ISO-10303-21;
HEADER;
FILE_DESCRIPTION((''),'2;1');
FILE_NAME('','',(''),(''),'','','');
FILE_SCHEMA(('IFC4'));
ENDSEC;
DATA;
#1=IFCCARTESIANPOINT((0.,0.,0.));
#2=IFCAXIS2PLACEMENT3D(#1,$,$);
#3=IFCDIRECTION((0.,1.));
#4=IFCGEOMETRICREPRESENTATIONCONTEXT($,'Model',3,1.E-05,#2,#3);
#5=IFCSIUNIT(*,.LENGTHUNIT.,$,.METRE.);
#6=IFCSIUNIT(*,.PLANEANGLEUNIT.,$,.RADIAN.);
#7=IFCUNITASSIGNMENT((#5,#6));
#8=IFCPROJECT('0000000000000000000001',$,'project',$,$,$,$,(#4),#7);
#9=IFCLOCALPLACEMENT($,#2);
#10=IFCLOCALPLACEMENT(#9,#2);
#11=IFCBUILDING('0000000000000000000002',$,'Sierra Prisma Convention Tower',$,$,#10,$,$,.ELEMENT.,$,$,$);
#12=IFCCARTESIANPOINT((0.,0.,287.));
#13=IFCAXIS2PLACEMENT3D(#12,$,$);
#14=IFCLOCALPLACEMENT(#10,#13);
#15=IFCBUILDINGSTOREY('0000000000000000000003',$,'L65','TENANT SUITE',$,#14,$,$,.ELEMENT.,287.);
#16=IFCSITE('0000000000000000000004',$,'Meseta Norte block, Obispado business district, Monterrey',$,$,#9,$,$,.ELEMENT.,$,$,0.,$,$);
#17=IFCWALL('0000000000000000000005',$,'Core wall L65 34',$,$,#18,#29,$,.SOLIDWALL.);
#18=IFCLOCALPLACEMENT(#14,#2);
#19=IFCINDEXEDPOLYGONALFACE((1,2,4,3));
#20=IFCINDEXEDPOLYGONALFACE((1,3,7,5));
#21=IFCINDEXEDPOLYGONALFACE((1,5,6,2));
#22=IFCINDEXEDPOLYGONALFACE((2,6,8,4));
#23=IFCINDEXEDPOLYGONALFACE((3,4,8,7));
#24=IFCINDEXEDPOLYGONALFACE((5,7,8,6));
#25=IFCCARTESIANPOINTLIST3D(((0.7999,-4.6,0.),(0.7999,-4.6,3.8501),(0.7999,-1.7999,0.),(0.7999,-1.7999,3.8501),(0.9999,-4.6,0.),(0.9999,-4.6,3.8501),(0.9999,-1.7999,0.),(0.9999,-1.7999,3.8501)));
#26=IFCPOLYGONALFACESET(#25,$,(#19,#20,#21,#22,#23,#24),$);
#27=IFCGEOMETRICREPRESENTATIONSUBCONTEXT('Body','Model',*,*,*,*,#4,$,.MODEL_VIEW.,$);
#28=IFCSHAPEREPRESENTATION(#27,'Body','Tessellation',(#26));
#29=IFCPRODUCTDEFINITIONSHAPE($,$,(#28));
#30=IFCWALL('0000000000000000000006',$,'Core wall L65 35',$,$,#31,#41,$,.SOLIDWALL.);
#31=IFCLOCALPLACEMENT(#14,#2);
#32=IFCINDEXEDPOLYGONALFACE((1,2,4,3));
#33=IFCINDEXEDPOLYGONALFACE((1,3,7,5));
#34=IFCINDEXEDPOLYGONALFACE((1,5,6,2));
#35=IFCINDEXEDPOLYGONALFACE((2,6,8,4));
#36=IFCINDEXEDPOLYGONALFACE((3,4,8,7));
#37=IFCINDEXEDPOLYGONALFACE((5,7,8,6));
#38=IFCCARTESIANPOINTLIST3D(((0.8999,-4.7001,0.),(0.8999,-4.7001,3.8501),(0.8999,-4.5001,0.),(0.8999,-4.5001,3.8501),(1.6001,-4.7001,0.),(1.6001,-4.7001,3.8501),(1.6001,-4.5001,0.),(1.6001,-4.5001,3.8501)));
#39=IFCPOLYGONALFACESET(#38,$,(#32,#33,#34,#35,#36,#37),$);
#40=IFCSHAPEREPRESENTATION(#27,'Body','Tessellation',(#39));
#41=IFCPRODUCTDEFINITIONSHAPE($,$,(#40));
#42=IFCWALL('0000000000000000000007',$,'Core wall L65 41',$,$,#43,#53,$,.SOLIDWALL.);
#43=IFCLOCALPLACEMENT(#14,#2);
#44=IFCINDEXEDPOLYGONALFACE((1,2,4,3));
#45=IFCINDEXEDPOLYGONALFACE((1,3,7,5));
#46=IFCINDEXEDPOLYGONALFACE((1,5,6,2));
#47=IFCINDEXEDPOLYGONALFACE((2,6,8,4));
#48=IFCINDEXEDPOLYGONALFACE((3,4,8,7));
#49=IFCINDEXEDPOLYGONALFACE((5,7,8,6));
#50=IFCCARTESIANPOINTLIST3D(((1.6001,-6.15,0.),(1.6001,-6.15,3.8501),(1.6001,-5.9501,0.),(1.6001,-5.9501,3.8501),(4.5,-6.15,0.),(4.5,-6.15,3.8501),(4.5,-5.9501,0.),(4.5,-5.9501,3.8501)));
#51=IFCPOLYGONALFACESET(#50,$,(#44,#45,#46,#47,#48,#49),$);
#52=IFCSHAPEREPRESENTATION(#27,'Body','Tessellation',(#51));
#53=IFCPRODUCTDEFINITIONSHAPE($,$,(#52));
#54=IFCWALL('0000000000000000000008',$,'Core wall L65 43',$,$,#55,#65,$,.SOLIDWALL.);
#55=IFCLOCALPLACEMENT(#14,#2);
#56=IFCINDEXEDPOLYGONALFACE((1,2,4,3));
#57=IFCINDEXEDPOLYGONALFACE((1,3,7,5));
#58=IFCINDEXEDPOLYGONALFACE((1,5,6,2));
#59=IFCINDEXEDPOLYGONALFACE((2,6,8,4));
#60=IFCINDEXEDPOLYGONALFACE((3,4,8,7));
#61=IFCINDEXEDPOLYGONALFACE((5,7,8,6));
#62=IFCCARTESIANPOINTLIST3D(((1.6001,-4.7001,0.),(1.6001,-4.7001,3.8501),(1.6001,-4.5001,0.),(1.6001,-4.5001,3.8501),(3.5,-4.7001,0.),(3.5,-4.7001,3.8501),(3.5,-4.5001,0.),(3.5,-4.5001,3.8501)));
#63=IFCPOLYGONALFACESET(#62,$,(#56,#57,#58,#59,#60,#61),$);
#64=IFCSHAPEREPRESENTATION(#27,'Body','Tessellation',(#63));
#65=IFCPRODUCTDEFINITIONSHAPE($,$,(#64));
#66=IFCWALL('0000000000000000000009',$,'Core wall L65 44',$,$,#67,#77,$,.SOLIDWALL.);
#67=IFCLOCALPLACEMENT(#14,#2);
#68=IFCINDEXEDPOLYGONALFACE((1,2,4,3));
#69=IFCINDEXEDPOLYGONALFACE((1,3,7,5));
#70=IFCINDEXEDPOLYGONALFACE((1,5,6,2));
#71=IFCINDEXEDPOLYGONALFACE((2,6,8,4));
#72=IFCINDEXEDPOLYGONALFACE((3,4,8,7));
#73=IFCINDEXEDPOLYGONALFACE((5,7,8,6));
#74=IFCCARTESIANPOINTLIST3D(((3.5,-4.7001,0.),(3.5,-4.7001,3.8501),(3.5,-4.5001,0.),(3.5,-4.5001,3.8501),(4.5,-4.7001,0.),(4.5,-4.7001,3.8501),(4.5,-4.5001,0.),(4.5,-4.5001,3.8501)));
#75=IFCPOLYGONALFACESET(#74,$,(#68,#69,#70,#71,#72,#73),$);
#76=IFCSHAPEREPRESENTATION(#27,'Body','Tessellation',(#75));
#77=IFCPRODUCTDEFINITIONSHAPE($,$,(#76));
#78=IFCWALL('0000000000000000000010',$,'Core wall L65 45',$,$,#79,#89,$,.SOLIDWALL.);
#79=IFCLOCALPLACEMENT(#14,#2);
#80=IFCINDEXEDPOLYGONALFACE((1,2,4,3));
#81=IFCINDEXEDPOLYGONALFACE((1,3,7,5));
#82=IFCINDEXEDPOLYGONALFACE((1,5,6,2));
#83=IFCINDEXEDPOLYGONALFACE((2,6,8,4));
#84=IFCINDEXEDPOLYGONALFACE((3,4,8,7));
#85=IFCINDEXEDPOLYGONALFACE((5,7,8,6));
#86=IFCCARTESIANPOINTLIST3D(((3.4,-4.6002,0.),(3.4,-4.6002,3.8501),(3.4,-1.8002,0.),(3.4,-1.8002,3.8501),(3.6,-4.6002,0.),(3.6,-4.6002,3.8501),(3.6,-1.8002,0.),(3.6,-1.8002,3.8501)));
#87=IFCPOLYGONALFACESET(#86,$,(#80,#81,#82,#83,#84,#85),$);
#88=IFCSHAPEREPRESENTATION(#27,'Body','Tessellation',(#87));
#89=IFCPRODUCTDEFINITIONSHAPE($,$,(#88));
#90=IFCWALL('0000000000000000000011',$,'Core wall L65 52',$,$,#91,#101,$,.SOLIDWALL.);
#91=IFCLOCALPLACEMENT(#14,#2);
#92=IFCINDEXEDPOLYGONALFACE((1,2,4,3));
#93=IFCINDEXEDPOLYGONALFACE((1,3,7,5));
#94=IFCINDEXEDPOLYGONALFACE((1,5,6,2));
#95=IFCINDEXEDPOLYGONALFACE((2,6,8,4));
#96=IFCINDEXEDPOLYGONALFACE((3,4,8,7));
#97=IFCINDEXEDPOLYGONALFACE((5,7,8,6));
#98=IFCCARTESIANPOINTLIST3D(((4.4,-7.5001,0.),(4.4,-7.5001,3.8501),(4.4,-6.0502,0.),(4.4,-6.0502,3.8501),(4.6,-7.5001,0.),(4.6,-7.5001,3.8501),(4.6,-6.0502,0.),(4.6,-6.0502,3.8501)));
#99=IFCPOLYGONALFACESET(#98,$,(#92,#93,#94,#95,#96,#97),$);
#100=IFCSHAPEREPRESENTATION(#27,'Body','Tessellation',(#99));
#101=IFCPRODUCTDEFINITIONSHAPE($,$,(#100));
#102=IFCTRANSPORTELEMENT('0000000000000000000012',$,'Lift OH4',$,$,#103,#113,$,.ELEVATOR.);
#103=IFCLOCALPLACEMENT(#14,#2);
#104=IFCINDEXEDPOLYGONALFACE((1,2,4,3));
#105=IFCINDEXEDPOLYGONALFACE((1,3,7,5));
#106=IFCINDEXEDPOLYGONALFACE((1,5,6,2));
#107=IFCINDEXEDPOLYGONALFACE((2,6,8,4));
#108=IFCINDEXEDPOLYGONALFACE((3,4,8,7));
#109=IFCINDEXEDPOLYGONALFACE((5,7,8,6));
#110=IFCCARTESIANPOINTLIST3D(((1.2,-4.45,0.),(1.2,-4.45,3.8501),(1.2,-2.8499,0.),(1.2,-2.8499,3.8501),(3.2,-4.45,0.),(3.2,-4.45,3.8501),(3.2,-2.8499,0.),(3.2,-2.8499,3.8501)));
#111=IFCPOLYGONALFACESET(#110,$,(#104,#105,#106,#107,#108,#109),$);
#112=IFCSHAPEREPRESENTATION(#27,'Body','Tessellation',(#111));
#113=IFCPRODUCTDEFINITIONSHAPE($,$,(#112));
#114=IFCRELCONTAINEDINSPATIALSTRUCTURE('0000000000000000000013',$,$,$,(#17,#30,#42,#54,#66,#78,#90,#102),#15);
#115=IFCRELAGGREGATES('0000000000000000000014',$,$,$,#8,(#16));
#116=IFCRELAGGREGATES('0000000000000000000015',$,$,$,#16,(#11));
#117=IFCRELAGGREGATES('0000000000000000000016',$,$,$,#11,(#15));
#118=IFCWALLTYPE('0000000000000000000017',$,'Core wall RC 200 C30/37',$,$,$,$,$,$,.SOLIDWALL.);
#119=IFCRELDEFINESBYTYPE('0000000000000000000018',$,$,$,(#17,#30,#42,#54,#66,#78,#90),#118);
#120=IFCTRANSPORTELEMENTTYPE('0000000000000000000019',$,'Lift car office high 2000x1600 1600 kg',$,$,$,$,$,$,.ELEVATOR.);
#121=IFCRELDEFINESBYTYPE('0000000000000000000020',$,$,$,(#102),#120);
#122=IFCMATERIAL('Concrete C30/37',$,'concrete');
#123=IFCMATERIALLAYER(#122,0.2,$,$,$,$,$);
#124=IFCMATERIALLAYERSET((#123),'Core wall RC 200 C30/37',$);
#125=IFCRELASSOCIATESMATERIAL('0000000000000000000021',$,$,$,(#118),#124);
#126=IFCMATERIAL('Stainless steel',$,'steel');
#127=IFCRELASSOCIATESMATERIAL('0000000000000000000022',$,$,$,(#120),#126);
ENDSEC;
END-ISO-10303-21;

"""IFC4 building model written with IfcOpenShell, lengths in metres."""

from ifc_helpers import new_model, si_unit, direction, frame, frame_2d, origin, origin_2d, place, context, subcontext, project, spatial, rectangle, extrude, material, layer, layer_set, type_object, element, save


model = new_model("IFC4")

# Units and contexts
model_context = context("Model", 3, precision=1e-05, world=origin(), true_north=direction((0.0, 1.0)))
body_context = subcontext(model_context, "Body", "Model", "MODEL_VIEW")
ifc_project = project(units=[si_unit("LENGTHUNIT", "METRE"), si_unit("PLANEANGLEUNIT", "RADIAN")], contexts=[model_context])

# Site, building, storey
site_placement = place(None, origin())
site = spatial("IfcSite", under=ifc_project, at=site_placement, Name="Meseta Norte block, Obispado business district, Monterrey", CompositionType="ELEMENT", RefElevation=0.0)
building_placement = place(site_placement, origin())
building = spatial("IfcBuilding", under=site, at=building_placement, Name="Sierra Prisma Convention Tower", CompositionType="ELEMENT")
storey_placement = place(building_placement, frame((0.0, 0.0, 287.0)))
storey = spatial("IfcBuildingStorey", under=building, at=storey_placement, Name="L65", Description="TENANT SUITE", CompositionType="ELEMENT", Elevation=287.0)

# Shared definitions
ifc_material_1 = material(Name="Concrete C30/37", Category="concrete")
ifc_layer = layer(ifc_material_1, 0.2)
ifc_layer_set = layer_set([ifc_layer], Name="Core wall RC 200 C30/37")
wall_type = type_object("IfcWallType", Name="Core wall RC 200 C30/37", PredefinedType="SOLIDWALL", material=ifc_layer_set)

# Walls
wall_1_placement = place(storey_placement, frame((0.8999, -1.8, 0.0), z_axis=(0.0, 0.0, 1.0), x_axis=(0.0, -1.0, 0.0)))
element("IfcWall", 1, at=wall_1_placement, inside=storey, type_object=wall_type, Name="Core wall L65 34", PredefinedType="SOLIDWALL", context=body_context, shape_type="SweptSolid", body=[
    extrude(rectangle(XDim=2.8, YDim=0.2, at=frame_2d((1.3999, 0.0))), origin(), (0.0, 0.0, 1.0), 3.8501),
])
wall_2_placement = place(storey_placement, frame((0.8999, -4.6001, 0.0), z_axis=(0.0, 0.0, 1.0), x_axis=(1.0, 0.0, 0.0)))
element("IfcWall", 2, at=wall_2_placement, inside=storey, type_object=wall_type, Name="Core wall L65 35", PredefinedType="SOLIDWALL", context=body_context, shape_type="SweptSolid", body=[
    extrude(rectangle(XDim=0.7002, YDim=0.2, at=frame_2d((0.3501, 0.0))), origin(), (0.0, 0.0, 1.0), 3.8501),
])

# Wall
wall_3_placement = place(storey_placement, frame((4.5, -6.05, 0.0), z_axis=(0.0, 0.0, 1.0), x_axis=(-1.0, 0.0, 0.0)))
element("IfcWall", 3, at=wall_3_placement, inside=storey, type_object=wall_type, Name="Core wall L65 41", PredefinedType="SOLIDWALL", context=body_context, shape_type="SweptSolid", body=[
    extrude(rectangle(XDim=2.8999, YDim=0.2, at=frame_2d((1.45, 0.0))), origin(), (0.0, 0.0, 1.0), 3.8501),
])

# Walls
wall_4_placement = place(storey_placement, frame((3.5, -4.6001, 0.0), z_axis=(0.0, 0.0, 1.0), x_axis=(-1.0, 0.0, 0.0)))
element("IfcWall", 4, at=wall_4_placement, inside=storey, type_object=wall_type, Name="Core wall L65 43", PredefinedType="SOLIDWALL", context=body_context, shape_type="SweptSolid", body=[
    extrude(rectangle(XDim=1.8999, YDim=0.2, at=frame_2d((0.95, 0.0))), origin(), (0.0, 0.0, 1.0), 3.8501),
])
wall_5_placement = place(storey_placement, frame((4.5, -4.6001, 0.0), z_axis=(0.0, 0.0, 1.0), x_axis=(-1.0, 0.0, 0.0)))
element("IfcWall", 5, at=wall_5_placement, inside=storey, type_object=wall_type, Name="Core wall L65 44", PredefinedType="SOLIDWALL", context=body_context, shape_type="SweptSolid", body=[
    extrude(rectangle(XDim=1.0, YDim=0.2, at=frame_2d((0.5, 0.0))), origin(), (0.0, 0.0, 1.0), 3.8501),
])
wall_6_placement = place(storey_placement, frame((3.5, -4.6001, 0.0), z_axis=(0.0, 0.0, 1.0), x_axis=(0.0, 1.0, 0.0)))
element("IfcWall", 6, at=wall_6_placement, inside=storey, type_object=wall_type, Name="Core wall L65 45", PredefinedType="SOLIDWALL", context=body_context, shape_type="SweptSolid", body=[
    extrude(rectangle(XDim=2.8, YDim=0.2, at=frame_2d((1.3999, 0.0))), origin(), (0.0, 0.0, 1.0), 3.8501),
])

# Wall
wall_7_placement = place(storey_placement, frame((4.5, -6.05, 0.0), z_axis=(0.0, 0.0, 1.0), x_axis=(0.0, -1.0, 0.0)))
element("IfcWall", 7, at=wall_7_placement, inside=storey, type_object=wall_type, Name="Core wall L65 52", PredefinedType="SOLIDWALL", context=body_context, shape_type="SweptSolid", body=[
    extrude(rectangle(XDim=1.45, YDim=0.2, at=frame_2d((0.7251, 0.0))), origin(), (0.0, 0.0, 1.0), 3.8501),
])

# Transport element
ifc_material_2 = material(Name="Stainless steel", Category="steel")
transport_element_type = type_object("IfcTransportElementType", Name="Lift car office high 2000x1600 1600 kg", PredefinedType="ELEVATOR", material=ifc_material_2)
transport_element_placement = place(storey_placement, frame((2.2, -3.6499, 0.0), z_axis=(0.0, 0.0, 1.0), x_axis=(1.0, 0.0, 0.0)))
element("IfcTransportElement", 8, at=transport_element_placement, inside=storey, type_object=transport_element_type, Name="Lift OH4", PredefinedType="ELEVATOR", context=body_context, shape_type="SweptSolid", body=[
    extrude(rectangle(XDim=2.0, YDim=1.6001, at=origin_2d()), origin(), (0.0, 0.0, 1.0), 3.8501),
])

save(model, "model.ifc")
